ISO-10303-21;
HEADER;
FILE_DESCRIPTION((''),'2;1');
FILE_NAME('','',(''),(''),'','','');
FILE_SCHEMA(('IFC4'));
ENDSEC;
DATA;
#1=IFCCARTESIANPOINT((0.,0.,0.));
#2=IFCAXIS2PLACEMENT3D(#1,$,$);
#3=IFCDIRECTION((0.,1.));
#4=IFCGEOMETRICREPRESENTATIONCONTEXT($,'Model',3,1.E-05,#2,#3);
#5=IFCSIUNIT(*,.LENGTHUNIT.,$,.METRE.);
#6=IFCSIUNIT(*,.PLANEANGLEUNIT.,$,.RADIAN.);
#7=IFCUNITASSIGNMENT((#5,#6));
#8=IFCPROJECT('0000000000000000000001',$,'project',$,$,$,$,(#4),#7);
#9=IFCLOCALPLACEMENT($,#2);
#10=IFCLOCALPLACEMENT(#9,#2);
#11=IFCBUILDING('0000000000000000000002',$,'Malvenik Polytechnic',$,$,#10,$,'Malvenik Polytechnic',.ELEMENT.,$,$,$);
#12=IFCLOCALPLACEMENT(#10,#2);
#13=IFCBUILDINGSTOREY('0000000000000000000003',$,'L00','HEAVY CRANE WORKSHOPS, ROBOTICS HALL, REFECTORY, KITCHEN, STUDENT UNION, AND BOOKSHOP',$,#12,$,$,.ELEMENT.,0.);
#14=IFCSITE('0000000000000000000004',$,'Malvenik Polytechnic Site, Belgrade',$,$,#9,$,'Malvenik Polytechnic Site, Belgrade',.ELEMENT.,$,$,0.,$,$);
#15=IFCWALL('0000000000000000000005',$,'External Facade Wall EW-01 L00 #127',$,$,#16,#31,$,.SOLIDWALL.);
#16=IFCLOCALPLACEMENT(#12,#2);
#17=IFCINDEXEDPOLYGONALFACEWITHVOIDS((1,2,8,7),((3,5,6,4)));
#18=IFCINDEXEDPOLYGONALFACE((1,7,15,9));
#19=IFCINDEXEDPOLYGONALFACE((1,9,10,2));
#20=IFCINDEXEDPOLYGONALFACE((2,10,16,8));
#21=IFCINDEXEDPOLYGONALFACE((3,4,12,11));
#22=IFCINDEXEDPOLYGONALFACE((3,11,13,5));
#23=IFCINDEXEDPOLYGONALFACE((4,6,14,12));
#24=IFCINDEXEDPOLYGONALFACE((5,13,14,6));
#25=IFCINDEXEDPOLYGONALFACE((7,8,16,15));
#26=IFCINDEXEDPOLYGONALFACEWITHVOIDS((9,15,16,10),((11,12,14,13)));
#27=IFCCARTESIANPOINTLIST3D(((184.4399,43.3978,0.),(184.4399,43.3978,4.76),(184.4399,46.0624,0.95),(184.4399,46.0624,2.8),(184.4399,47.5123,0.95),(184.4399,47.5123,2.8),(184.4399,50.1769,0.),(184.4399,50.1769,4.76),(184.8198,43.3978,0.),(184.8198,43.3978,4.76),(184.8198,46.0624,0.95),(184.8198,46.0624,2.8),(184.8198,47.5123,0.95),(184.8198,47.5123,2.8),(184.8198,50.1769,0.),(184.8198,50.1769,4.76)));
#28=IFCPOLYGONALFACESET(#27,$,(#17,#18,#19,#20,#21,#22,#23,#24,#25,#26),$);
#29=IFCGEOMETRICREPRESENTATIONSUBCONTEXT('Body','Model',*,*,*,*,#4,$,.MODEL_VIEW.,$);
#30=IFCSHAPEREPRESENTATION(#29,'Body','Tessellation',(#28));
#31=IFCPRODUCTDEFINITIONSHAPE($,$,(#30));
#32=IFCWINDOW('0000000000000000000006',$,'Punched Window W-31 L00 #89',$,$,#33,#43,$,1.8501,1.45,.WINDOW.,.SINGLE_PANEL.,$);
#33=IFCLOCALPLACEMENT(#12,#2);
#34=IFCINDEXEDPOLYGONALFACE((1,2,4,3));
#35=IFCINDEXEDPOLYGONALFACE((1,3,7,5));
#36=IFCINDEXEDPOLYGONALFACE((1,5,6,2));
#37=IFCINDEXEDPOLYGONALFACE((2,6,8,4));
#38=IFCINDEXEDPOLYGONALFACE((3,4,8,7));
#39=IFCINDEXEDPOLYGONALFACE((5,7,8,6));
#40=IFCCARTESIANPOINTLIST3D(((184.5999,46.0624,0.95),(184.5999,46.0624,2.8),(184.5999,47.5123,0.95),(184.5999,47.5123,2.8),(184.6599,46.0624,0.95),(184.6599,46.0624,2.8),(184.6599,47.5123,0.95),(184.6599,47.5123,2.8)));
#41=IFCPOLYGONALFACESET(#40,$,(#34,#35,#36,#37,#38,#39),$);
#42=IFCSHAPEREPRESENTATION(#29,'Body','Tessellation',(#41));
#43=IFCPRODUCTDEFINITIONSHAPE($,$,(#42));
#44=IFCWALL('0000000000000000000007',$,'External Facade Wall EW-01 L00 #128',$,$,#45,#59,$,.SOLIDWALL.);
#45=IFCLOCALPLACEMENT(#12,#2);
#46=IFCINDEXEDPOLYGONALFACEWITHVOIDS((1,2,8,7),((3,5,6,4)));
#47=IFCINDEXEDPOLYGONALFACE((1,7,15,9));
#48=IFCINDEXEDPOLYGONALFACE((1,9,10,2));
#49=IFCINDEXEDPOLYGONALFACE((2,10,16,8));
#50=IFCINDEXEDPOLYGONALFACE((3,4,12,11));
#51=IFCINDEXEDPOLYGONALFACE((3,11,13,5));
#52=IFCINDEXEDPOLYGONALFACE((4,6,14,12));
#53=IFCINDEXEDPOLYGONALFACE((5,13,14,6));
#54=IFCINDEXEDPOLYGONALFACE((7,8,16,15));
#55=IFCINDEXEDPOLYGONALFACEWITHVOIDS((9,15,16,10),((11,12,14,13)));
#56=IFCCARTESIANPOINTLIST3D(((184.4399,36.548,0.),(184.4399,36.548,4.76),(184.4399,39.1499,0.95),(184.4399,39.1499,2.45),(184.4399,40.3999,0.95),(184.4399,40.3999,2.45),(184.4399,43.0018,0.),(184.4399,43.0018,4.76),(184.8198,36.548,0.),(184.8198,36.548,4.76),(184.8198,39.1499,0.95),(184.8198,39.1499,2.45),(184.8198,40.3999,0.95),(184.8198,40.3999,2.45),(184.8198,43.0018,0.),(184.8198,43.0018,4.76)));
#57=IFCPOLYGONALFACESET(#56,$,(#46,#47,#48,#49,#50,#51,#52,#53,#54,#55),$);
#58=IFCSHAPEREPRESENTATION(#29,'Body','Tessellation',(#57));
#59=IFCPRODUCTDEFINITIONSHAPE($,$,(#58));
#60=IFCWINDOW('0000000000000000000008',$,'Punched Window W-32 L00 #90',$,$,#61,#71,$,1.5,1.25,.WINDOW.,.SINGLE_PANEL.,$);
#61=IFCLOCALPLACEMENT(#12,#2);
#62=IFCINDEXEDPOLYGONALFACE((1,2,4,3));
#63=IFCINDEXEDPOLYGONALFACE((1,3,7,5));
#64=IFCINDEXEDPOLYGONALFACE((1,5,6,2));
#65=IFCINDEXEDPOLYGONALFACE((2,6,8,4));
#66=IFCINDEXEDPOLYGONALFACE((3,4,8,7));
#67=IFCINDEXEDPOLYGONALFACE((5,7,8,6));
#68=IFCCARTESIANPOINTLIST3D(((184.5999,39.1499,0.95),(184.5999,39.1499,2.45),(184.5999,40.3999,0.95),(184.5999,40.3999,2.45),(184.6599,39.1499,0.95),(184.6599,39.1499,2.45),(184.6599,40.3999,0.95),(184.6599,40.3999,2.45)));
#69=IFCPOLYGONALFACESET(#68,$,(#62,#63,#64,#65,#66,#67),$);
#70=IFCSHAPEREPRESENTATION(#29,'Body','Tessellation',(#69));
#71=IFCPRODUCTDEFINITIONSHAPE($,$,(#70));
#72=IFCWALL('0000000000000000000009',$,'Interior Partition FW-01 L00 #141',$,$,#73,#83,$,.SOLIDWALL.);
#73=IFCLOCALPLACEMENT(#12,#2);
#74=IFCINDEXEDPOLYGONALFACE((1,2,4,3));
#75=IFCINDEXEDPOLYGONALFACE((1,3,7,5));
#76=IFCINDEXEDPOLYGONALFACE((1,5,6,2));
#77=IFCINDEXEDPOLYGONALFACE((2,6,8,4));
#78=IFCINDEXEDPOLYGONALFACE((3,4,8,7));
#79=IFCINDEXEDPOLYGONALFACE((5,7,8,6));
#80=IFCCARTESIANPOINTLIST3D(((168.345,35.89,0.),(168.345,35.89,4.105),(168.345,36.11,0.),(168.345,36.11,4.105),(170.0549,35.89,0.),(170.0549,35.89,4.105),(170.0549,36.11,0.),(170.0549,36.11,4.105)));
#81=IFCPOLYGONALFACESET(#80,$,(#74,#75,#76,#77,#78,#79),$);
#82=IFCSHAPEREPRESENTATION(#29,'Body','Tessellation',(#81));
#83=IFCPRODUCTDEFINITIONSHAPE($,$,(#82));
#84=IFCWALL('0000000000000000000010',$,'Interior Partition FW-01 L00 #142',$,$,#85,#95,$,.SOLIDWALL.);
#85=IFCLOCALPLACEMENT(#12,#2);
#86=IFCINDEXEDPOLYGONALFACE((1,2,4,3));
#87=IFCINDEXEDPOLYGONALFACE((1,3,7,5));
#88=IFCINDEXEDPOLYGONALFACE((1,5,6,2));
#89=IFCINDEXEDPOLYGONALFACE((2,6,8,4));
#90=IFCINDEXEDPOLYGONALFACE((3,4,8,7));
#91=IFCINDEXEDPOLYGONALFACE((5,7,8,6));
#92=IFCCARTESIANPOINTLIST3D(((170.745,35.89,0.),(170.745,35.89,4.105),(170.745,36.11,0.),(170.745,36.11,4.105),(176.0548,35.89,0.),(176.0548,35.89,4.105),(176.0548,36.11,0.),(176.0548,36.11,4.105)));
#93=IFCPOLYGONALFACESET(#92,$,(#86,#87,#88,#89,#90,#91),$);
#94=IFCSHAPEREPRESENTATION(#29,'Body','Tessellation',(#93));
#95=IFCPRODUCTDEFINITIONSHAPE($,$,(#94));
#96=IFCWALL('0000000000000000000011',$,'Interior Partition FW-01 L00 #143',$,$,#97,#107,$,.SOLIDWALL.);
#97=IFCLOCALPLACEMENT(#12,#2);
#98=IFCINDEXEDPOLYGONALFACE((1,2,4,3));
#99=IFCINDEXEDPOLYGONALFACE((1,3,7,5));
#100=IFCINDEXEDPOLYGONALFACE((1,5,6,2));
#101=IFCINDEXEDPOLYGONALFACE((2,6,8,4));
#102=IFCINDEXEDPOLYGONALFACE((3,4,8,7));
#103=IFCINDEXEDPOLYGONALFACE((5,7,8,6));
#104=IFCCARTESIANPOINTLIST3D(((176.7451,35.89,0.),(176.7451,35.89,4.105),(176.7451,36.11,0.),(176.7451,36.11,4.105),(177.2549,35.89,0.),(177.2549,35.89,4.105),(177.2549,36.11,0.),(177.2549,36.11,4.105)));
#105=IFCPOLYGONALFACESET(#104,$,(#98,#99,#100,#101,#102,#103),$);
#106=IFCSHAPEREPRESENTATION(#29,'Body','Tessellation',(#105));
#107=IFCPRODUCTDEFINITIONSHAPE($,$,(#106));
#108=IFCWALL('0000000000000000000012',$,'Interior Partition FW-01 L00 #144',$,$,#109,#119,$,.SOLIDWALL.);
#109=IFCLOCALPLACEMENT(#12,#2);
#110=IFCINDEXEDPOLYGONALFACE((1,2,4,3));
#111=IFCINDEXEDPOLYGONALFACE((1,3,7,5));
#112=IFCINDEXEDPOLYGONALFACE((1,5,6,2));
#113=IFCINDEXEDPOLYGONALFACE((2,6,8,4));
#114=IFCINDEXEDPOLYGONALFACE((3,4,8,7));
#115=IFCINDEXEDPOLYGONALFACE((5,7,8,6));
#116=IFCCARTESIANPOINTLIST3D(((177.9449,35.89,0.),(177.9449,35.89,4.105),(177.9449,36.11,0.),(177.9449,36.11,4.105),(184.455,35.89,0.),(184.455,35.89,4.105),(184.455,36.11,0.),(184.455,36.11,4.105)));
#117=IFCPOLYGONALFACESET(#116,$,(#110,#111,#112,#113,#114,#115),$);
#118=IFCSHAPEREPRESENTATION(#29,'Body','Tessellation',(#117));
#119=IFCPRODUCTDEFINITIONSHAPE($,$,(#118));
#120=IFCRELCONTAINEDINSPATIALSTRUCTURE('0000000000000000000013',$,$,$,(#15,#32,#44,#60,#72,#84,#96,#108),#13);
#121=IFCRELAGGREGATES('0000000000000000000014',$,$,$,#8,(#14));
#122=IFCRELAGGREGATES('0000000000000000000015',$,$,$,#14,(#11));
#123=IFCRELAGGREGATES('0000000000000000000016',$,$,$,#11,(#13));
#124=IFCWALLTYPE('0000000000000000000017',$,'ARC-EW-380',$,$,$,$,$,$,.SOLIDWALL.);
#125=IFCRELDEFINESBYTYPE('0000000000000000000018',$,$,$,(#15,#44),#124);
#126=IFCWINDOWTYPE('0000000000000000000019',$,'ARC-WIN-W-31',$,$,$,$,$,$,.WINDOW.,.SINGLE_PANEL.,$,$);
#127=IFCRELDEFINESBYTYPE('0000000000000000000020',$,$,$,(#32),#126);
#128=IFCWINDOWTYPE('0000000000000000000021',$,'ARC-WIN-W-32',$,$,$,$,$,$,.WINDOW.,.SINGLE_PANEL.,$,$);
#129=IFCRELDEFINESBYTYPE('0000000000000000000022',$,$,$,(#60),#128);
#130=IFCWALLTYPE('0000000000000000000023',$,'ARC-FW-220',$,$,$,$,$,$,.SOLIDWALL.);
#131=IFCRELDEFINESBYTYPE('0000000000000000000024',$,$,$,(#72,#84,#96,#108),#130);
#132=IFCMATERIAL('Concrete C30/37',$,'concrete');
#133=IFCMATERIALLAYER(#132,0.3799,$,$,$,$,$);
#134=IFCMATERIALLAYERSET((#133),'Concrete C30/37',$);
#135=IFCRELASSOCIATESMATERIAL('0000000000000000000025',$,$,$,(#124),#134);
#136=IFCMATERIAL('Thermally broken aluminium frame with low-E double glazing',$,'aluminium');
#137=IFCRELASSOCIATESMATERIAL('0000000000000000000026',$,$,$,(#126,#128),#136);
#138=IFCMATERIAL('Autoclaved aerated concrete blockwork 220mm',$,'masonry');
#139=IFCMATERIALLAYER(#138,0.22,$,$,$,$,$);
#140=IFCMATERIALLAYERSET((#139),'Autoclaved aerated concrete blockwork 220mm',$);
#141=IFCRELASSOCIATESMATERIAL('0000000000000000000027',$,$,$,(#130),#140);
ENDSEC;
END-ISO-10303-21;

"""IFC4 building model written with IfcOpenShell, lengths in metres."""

from ifc_helpers import new_model, si_unit, direction, frame, frame_2d, origin, place, context, subcontext, project, spatial, rectangle, extrude, material, layer, layer_set, type_object, element, fill, save


model = new_model("IFC4")

# Units and contexts
model_context = context("Model", 3, precision=1e-05, world=origin(), true_north=direction((0.0, 1.0)))
body_context = subcontext(model_context, "Body", "Model", "MODEL_VIEW")
ifc_project = project(units=[si_unit("LENGTHUNIT", "METRE"), si_unit("PLANEANGLEUNIT", "RADIAN")], contexts=[model_context])

# Site, building, storey
site_placement = place(None, origin())
site = spatial("IfcSite", under=ifc_project, at=site_placement, Name="Malvenik Polytechnic Site, Belgrade", LongName="Malvenik Polytechnic Site, Belgrade", CompositionType="ELEMENT", RefElevation=0.0)
building_placement = place(site_placement, origin())
building = spatial("IfcBuilding", under=site, at=building_placement, Name="Malvenik Polytechnic", LongName="Malvenik Polytechnic", CompositionType="ELEMENT")
storey_placement = place(building_placement, origin())
storey = spatial("IfcBuildingStorey", under=building, at=storey_placement, Name="L00", Description="HEAVY CRANE WORKSHOPS, ROBOTICS HALL, REFECTORY, KITCHEN, STUDENT UNION, AND BOOKSHOP", CompositionType="ELEMENT", Elevation=0.0)

# Shared definitions
ifc_material_1 = material(Name="Concrete C30/37", Category="concrete")

# Walls, openings, windows
ifc_layer_1 = layer(ifc_material_1, 0.3799)
ifc_layer_set_1 = layer_set([ifc_layer_1], Name="Concrete C30/37")
wall_type_1 = type_object("IfcWallType", Name="ARC-EW-380", PredefinedType="SOLIDWALL", material=ifc_layer_set_1)
ifc_material_2 = material(Name="Thermally broken aluminium frame with low-E double glazing", Category="aluminium")
wall_1_placement = place(storey_placement, frame((184.6299, 50.177, 0.0), z_axis=(0.0, 0.0, 1.0), x_axis=(0.0, -1.0, 0.0)))
wall_1 = element("IfcWall", 1, at=wall_1_placement, inside=storey, type_object=wall_type_1, Name="External Facade Wall EW-01 L00 #127", PredefinedType="SOLIDWALL", context=body_context, shape_type="SweptSolid", body=[
    extrude(rectangle(XDim=6.7791, YDim=0.3799, at=frame_2d((3.3896, 0.0))), origin(), (0.0, 0.0, 1.0), 4.76),
])
opening_1_placement = place(wall_1_placement, frame((2.6646, 0.0, 0.95)))
opening_1 = element("IfcOpeningElement", 2, at=opening_1_placement, cuts=wall_1, PredefinedType="OPENING", context=body_context, shape_type="SweptSolid", body=[
    extrude(rectangle(XDim=1.45, YDim=1.8501, at=frame_2d((0.7251, 0.925))), frame((0.0, 0.2, 0.0), z_axis=(0.0, -1.0, 0.0), x_axis=(1.0, 0.0, 0.0)), (0.0, 0.0, 1.0), 0.3999),
])
window_type_1 = type_object("IfcWindowType", Name="ARC-WIN-W-31", PartitioningType="SINGLE_PANEL", PredefinedType="WINDOW", material=ifc_material_2)
window_1_placement = place(opening_1_placement, origin())
window_1 = element("IfcWindow", 3, at=window_1_placement, inside=storey, type_object=window_type_1, Name="Punched Window W-31 L00 #89", OverallHeight=1.8501, OverallWidth=1.45, PartitioningType="SINGLE_PANEL", PredefinedType="WINDOW", context=body_context, shape_type="SweptSolid", body=[
    extrude(rectangle(XDim=1.45, YDim=1.8501, at=frame_2d((0.7251, 0.925))), frame((0.0, 0.03, 0.0), z_axis=(0.0, -1.0, 0.0), x_axis=(1.0, 0.0, 0.0)), (0.0, 0.0, 1.0), 0.0601),
])
fill(opening_1, window_1)
wall_2_placement = place(storey_placement, frame((184.6299, 43.002, 0.0), z_axis=(0.0, 0.0, 1.0), x_axis=(0.0, -1.0, 0.0)))
wall_2 = element("IfcWall", 4, at=wall_2_placement, inside=storey, type_object=wall_type_1, Name="External Facade Wall EW-01 L00 #128", PredefinedType="SOLIDWALL", context=body_context, shape_type="SweptSolid", body=[
    extrude(rectangle(XDim=6.4539, YDim=0.3799, at=frame_2d((3.2271, 0.0))), origin(), (0.0, 0.0, 1.0), 4.76),
])
opening_2_placement = place(wall_2_placement, frame((2.6021, 0.0, 0.95)))
opening_2 = element("IfcOpeningElement", 5, at=opening_2_placement, cuts=wall_2, PredefinedType="OPENING", context=body_context, shape_type="SweptSolid", body=[
    extrude(rectangle(XDim=1.25, YDim=1.5, at=frame_2d((0.625, 0.75))), frame((0.0, 0.2, 0.0), z_axis=(0.0, -1.0, 0.0), x_axis=(1.0, 0.0, 0.0)), (0.0, 0.0, 1.0), 0.3999),
])
window_type_2 = type_object("IfcWindowType", Name="ARC-WIN-W-32", PartitioningType="SINGLE_PANEL", PredefinedType="WINDOW", material=ifc_material_2)
window_2_placement = place(opening_2_placement, origin())
window_2 = element("IfcWindow", 6, at=window_2_placement, inside=storey, type_object=window_type_2, Name="Punched Window W-32 L00 #90", OverallHeight=1.5, OverallWidth=1.25, PartitioningType="SINGLE_PANEL", PredefinedType="WINDOW", context=body_context, shape_type="SweptSolid", body=[
    extrude(rectangle(XDim=1.25, YDim=1.5, at=frame_2d((0.625, 0.75))), frame((0.0, 0.03, 0.0), z_axis=(0.0, -1.0, 0.0), x_axis=(1.0, 0.0, 0.0)), (0.0, 0.0, 1.0), 0.0601),
])
fill(opening_2, window_2)

# Walls
ifc_material_3 = material(Name="Autoclaved aerated concrete blockwork 220mm", Category="masonry")
ifc_layer_2 = layer(ifc_material_3, 0.22)
ifc_layer_set_2 = layer_set([ifc_layer_2], Name="Autoclaved aerated concrete blockwork 220mm")
wall_type_2 = type_object("IfcWallType", Name="ARC-FW-220", PredefinedType="SOLIDWALL", material=ifc_layer_set_2)
wall_3_placement = place(storey_placement, frame((168.345, 36.0, 0.0), z_axis=(0.0, 0.0, 1.0), x_axis=(1.0, 0.0, 0.0)))
element("IfcWall", 7, at=wall_3_placement, inside=storey, type_object=wall_type_2, Name="Interior Partition FW-01 L00 #141", PredefinedType="SOLIDWALL", context=body_context, shape_type="SweptSolid", body=[
    extrude(rectangle(XDim=1.71, YDim=0.22, at=frame_2d((0.855, 0.0))), origin(), (0.0, 0.0, 1.0), 4.105),
])
wall_4_placement = place(storey_placement, frame((170.7451, 36.0, 0.0), z_axis=(0.0, 0.0, 1.0), x_axis=(1.0, 0.0, 0.0)))
element("IfcWall", 8, at=wall_4_placement, inside=storey, type_object=wall_type_2, Name="Interior Partition FW-01 L00 #142", PredefinedType="SOLIDWALL", context=body_context, shape_type="SweptSolid", body=[
    extrude(rectangle(XDim=5.3098, YDim=0.22, at=frame_2d((2.6548, 0.0))), origin(), (0.0, 0.0, 1.0), 4.105),
])
wall_5_placement = place(storey_placement, frame((176.7451, 36.0, 0.0), z_axis=(0.0, 0.0, 1.0), x_axis=(1.0, 0.0, 0.0)))
element("IfcWall", 9, at=wall_5_placement, inside=storey, type_object=wall_type_2, Name="Interior Partition FW-01 L00 #143", PredefinedType="SOLIDWALL", context=body_context, shape_type="SweptSolid", body=[
    extrude(rectangle(XDim=0.5098, YDim=0.22, at=frame_2d((0.2549, 0.0))), origin(), (0.0, 0.0, 1.0), 4.105),
])
wall_6_placement = place(storey_placement, frame((177.9451, 36.0, 0.0), z_axis=(0.0, 0.0, 1.0), x_axis=(1.0, 0.0, 0.0)))
element("IfcWall", 10, at=wall_6_placement, inside=storey, type_object=wall_type_2, Name="Interior Partition FW-01 L00 #144", PredefinedType="SOLIDWALL", context=body_context, shape_type="SweptSolid", body=[
    extrude(rectangle(XDim=6.51, YDim=0.22, at=frame_2d((3.2549, 0.0))), origin(), (0.0, 0.0, 1.0), 4.105),
])

save(model, "model.ifc")
